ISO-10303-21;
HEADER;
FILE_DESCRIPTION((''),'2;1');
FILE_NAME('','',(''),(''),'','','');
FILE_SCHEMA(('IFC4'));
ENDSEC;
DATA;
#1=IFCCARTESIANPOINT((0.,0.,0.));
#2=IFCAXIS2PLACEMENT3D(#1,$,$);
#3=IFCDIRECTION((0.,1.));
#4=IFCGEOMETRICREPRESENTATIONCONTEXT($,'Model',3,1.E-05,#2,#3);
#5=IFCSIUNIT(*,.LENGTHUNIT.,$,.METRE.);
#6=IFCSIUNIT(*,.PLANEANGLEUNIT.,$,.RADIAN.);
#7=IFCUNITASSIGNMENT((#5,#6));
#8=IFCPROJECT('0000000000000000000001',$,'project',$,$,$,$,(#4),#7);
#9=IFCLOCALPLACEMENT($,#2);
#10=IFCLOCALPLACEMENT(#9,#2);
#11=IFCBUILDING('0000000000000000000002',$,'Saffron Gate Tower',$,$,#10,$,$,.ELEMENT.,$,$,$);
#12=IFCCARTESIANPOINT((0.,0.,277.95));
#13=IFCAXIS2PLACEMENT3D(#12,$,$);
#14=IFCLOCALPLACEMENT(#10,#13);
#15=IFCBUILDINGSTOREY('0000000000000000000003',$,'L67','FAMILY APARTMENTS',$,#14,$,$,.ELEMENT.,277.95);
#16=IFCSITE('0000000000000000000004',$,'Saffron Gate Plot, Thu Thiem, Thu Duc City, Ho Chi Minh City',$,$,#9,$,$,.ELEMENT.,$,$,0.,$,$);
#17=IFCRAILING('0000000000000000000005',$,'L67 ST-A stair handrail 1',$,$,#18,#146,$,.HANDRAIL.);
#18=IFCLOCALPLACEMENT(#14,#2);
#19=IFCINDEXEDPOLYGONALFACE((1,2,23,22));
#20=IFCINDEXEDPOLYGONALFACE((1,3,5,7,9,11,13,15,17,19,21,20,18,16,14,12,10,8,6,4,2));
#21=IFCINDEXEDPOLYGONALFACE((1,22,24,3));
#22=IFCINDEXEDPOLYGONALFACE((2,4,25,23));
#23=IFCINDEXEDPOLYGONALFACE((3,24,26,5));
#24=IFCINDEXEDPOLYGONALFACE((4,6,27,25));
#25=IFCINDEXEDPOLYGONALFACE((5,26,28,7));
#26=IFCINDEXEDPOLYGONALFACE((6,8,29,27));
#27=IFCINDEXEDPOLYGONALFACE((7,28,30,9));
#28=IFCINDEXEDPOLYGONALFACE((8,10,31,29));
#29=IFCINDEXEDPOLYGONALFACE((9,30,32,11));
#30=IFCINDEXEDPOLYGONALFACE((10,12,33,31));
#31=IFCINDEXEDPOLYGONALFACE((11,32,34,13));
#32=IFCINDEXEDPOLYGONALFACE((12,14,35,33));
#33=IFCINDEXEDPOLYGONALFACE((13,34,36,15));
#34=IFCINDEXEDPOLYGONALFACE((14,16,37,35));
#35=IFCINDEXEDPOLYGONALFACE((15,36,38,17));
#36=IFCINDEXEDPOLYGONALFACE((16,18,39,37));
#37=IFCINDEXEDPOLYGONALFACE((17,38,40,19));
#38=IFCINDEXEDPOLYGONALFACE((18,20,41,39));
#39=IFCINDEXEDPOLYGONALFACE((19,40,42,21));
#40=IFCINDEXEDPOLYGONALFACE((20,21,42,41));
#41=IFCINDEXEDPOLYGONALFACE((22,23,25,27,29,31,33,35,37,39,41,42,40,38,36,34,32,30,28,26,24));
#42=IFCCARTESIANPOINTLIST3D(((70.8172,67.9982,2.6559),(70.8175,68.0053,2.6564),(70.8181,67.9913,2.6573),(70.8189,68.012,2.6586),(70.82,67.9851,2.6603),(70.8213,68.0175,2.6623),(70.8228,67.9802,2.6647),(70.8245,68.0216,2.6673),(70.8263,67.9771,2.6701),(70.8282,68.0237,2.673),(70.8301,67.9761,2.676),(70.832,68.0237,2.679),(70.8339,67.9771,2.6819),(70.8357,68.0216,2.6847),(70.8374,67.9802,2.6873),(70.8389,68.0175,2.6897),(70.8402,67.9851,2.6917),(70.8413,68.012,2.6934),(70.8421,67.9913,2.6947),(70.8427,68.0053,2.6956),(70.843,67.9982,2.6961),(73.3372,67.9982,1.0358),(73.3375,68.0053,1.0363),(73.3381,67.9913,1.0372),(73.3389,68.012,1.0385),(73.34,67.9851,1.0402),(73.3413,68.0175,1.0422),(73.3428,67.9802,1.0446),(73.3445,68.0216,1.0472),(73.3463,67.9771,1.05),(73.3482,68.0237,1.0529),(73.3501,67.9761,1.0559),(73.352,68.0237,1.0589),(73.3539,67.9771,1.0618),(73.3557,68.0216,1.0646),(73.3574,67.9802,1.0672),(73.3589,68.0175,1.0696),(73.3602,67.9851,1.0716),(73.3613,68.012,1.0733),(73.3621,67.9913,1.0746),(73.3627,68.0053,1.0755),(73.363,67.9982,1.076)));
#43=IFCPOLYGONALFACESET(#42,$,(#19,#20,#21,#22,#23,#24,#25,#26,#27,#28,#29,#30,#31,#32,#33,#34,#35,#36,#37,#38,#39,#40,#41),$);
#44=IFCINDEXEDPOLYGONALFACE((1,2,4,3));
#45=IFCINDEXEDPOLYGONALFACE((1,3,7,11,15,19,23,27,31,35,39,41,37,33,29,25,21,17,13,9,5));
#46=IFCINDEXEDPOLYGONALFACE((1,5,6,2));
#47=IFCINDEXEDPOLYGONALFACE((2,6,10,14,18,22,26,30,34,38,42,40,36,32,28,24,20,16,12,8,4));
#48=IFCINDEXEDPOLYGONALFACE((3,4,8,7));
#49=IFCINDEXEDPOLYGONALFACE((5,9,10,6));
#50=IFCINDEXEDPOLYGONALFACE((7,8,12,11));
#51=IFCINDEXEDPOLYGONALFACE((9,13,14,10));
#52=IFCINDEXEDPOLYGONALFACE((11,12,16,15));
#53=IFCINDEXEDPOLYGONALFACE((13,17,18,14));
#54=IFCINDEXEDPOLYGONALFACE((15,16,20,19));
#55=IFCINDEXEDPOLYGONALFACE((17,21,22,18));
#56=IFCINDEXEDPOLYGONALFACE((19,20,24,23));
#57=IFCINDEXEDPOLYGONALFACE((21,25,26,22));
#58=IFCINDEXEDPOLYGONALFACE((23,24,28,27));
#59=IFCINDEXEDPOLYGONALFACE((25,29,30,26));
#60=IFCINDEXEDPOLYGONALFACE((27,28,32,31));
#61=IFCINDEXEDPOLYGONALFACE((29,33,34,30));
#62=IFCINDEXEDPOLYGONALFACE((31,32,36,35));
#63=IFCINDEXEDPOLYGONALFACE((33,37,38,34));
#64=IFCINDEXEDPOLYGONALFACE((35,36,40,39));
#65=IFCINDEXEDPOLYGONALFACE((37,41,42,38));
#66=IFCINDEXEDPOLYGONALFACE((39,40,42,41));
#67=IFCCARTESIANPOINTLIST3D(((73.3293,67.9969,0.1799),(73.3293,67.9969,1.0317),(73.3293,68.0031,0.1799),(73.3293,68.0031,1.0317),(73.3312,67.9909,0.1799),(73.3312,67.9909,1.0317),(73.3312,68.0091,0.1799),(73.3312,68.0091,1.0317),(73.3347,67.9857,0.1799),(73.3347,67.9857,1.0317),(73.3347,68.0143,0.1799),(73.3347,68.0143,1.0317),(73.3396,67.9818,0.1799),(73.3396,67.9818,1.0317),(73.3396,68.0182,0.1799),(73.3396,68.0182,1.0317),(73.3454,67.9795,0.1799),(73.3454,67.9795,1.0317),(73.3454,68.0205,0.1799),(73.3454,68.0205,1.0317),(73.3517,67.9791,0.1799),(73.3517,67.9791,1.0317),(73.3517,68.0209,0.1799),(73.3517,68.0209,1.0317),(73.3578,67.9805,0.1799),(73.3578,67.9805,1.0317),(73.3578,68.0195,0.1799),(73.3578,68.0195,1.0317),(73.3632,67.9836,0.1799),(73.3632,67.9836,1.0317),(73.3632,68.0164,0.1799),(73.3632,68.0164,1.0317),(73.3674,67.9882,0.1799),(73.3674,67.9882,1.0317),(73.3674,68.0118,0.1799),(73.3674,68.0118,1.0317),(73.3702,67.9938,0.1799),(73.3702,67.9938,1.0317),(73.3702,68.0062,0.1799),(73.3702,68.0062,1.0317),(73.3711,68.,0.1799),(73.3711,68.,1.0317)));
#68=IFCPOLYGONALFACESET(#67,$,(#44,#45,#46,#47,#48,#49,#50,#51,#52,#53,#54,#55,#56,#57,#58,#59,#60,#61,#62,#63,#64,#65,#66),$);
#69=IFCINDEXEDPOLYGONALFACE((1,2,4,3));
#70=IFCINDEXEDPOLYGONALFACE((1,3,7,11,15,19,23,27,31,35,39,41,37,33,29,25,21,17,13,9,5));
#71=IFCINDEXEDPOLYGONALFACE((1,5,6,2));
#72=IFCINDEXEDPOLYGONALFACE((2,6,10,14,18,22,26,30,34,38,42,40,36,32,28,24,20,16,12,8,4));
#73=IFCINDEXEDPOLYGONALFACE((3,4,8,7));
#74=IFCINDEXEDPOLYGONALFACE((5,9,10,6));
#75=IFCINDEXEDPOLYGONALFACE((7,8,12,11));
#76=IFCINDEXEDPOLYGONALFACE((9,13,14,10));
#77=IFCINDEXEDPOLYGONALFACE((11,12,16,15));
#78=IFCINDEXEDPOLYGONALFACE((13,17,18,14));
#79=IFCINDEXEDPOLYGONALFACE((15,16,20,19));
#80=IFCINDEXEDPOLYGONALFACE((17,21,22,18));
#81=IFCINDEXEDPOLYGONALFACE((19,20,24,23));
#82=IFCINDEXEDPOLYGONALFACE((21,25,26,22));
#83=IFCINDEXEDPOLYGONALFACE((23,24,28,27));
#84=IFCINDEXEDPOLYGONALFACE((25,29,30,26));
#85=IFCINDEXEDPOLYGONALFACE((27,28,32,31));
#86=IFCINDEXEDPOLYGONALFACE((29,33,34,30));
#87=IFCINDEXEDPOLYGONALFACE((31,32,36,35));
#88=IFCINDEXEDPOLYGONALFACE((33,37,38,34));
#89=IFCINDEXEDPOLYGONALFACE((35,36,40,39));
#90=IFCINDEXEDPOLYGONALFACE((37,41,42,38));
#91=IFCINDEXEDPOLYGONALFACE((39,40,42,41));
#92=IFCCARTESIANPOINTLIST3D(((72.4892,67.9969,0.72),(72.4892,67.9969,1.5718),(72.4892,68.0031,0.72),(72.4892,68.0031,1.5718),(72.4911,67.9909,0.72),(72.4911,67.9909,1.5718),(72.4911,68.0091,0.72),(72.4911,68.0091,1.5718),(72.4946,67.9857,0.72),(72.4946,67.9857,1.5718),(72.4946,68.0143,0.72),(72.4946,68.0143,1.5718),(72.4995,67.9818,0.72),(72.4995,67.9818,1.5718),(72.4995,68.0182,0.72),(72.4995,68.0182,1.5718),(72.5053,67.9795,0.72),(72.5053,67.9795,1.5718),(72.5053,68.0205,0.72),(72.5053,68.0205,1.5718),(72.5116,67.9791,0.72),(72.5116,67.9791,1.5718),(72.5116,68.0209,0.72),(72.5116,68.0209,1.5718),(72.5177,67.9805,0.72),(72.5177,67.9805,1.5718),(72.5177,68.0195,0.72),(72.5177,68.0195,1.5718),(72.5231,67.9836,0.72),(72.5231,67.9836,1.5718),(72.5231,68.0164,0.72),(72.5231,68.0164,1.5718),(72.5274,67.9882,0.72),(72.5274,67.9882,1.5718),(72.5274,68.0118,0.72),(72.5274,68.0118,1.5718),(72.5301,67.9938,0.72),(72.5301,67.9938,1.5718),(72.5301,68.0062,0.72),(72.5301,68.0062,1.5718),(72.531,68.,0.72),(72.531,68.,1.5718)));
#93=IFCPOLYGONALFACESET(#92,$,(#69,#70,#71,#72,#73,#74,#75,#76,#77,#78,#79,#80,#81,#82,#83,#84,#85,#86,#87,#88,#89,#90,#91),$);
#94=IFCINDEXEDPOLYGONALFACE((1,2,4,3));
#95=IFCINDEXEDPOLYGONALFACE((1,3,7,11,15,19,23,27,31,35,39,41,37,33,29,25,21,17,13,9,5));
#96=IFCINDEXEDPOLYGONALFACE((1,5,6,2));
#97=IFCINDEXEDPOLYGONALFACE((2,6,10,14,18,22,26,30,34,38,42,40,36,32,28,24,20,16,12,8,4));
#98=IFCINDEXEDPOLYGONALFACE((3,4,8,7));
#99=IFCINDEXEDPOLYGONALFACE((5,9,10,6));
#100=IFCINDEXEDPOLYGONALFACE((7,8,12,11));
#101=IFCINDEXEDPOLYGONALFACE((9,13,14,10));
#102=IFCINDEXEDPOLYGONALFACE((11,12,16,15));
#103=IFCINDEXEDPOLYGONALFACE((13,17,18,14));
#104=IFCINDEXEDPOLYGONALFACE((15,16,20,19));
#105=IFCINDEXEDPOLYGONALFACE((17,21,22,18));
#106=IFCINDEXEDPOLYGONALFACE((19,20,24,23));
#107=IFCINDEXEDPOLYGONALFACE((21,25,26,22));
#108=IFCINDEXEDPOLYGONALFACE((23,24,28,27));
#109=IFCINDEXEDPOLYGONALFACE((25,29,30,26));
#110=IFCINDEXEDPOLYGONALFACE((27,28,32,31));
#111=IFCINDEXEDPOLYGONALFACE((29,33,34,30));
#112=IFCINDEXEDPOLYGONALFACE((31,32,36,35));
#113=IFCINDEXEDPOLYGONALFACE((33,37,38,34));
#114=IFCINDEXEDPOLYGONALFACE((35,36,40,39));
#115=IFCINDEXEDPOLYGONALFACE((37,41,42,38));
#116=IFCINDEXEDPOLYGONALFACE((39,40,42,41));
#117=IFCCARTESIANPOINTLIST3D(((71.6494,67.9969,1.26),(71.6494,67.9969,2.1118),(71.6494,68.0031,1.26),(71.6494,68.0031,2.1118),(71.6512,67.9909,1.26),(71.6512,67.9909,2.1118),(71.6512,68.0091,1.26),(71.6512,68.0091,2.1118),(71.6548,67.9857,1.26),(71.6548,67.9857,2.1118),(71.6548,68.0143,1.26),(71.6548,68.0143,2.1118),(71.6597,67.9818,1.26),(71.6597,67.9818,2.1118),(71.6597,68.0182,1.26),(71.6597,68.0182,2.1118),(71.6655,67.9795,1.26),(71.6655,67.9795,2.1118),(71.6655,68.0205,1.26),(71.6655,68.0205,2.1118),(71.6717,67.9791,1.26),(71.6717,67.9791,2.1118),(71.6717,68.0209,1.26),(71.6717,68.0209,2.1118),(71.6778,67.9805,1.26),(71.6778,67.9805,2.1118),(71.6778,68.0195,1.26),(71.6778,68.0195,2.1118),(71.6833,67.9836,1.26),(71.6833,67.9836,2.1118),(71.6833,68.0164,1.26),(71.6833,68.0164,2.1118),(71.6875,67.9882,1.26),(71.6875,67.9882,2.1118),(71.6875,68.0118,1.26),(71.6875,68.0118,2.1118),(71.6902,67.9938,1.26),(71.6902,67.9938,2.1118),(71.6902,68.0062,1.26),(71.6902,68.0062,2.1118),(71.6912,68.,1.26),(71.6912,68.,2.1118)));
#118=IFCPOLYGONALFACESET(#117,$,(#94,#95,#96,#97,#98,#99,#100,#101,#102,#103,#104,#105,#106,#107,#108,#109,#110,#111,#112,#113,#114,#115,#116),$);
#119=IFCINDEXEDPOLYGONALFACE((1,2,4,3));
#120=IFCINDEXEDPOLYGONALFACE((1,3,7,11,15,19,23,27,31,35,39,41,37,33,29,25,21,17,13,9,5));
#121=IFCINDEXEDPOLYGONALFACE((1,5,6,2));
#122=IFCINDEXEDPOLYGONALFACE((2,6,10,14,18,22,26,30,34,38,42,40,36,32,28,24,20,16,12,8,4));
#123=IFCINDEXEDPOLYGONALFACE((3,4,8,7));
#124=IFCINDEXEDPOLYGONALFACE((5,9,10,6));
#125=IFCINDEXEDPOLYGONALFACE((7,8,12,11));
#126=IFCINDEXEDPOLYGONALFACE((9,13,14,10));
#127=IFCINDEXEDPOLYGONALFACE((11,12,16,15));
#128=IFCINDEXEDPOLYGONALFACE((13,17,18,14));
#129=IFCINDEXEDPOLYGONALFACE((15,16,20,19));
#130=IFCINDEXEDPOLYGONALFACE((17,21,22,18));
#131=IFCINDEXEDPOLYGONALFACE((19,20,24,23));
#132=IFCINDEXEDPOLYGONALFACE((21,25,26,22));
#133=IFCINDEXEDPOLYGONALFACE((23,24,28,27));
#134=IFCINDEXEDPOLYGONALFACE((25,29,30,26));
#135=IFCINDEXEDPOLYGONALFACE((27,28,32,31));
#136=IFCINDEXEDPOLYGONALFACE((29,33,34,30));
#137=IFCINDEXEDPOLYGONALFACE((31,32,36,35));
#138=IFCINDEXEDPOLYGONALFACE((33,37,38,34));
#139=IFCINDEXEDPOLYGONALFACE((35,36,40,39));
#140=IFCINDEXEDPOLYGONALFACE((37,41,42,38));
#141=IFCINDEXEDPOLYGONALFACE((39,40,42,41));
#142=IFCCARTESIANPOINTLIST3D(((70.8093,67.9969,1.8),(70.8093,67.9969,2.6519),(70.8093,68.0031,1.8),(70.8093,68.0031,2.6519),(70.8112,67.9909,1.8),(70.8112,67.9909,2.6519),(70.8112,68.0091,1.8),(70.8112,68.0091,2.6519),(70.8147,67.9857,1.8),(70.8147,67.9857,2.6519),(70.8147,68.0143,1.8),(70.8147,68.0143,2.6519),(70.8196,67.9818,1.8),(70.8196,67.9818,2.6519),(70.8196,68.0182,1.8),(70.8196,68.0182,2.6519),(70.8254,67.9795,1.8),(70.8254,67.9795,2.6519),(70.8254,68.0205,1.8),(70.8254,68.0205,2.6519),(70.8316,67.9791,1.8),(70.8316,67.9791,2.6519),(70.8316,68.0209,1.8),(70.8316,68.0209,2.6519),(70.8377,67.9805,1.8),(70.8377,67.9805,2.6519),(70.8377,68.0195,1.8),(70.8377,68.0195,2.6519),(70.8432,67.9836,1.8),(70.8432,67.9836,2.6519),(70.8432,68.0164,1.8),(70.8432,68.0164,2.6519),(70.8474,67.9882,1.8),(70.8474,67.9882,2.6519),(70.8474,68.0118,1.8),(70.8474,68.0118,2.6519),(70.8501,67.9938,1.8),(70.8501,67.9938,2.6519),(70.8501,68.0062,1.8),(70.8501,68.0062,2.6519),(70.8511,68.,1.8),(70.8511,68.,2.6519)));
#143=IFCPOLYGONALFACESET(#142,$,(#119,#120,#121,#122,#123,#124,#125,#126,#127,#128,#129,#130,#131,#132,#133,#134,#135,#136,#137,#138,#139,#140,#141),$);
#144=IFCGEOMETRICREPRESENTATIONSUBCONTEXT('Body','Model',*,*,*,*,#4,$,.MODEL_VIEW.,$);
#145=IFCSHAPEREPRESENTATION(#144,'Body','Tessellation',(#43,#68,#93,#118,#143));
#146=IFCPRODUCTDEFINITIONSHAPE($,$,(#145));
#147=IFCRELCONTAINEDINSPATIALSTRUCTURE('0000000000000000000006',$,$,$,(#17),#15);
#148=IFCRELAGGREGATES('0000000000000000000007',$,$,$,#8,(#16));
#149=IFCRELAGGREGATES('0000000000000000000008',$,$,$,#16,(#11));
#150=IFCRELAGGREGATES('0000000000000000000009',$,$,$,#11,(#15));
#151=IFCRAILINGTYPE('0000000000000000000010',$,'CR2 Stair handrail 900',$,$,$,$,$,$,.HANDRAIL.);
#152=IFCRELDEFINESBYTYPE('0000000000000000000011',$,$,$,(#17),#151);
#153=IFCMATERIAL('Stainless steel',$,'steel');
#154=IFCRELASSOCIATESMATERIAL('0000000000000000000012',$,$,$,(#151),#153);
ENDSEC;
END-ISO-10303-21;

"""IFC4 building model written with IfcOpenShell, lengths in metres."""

from ifc_helpers import new_model, si_unit, direction, frame, origin, origin_2d, place, context, subcontext, project, spatial, circle, extrude, material, type_object, element, save


model = new_model("IFC4")

# Units and contexts
model_context = context("Model", 3, precision=1e-05, world=origin(), true_north=direction((0.0, 1.0)))
body_context = subcontext(model_context, "Body", "Model", "MODEL_VIEW")
ifc_project = project(units=[si_unit("LENGTHUNIT", "METRE"), si_unit("PLANEANGLEUNIT", "RADIAN")], contexts=[model_context])

# Site, building, storey
site_placement = place(None, origin())
site = spatial("IfcSite", under=ifc_project, at=site_placement, Name="Saffron Gate Plot, Thu Thiem, Thu Duc City, Ho Chi Minh City", CompositionType="ELEMENT", RefElevation=0.0)
building_placement = place(site_placement, origin())
building = spatial("IfcBuilding", under=site, at=building_placement, Name="Saffron Gate Tower", CompositionType="ELEMENT")
storey_placement = place(building_placement, frame((0.0, 0.0, 277.95)))
storey = spatial("IfcBuildingStorey", under=building, at=storey_placement, Name="L67", Description="FAMILY APARTMENTS", CompositionType="ELEMENT", Elevation=277.95)

# Railing
ifc_material_1 = material(Name="Stainless steel", Category="steel")
railing_type_1 = type_object("IfcRailingType", Name="CR2 Stair handrail 900", PredefinedType="HANDRAIL", material=ifc_material_1)
railing_1_placement = place(storey_placement, frame((73.3501, 68.0, 0.1799)))
element("IfcRailing", 1, at=railing_1_placement, inside=storey, type_object=railing_type_1, Name="L67 ST-A stair handrail 1", PredefinedType="HANDRAIL", context=body_context, shape_type="SweptSolid", body=[
    extrude(circle(Radius=0.0239, at=origin_2d()), frame((0.0, 0.0, 0.876), z_axis=(-0.841163, 0.0, 0.540782), x_axis=(0.0, -1.0, 0.0)), (0.0, 0.0, 1.0), 2.9958),
    extrude(circle(Radius=0.021, at=origin_2d()), origin(), (0.0, 0.0, 1.0), 0.8518),
    extrude(circle(Radius=0.021, at=origin_2d()), frame((-0.8401, 0.0, 0.54)), (0.0, 0.0, 1.0), 0.8518),
    extrude(circle(Radius=0.021, at=origin_2d()), frame((-1.6799, 0.0, 1.0801)), (0.0, 0.0, 1.0), 0.8518),
    extrude(circle(Radius=0.021, at=origin_2d()), frame((-2.52, 0.0, 1.6201)), (0.0, 0.0, 1.0), 0.8518),
])

save(model, "model.ifc")
